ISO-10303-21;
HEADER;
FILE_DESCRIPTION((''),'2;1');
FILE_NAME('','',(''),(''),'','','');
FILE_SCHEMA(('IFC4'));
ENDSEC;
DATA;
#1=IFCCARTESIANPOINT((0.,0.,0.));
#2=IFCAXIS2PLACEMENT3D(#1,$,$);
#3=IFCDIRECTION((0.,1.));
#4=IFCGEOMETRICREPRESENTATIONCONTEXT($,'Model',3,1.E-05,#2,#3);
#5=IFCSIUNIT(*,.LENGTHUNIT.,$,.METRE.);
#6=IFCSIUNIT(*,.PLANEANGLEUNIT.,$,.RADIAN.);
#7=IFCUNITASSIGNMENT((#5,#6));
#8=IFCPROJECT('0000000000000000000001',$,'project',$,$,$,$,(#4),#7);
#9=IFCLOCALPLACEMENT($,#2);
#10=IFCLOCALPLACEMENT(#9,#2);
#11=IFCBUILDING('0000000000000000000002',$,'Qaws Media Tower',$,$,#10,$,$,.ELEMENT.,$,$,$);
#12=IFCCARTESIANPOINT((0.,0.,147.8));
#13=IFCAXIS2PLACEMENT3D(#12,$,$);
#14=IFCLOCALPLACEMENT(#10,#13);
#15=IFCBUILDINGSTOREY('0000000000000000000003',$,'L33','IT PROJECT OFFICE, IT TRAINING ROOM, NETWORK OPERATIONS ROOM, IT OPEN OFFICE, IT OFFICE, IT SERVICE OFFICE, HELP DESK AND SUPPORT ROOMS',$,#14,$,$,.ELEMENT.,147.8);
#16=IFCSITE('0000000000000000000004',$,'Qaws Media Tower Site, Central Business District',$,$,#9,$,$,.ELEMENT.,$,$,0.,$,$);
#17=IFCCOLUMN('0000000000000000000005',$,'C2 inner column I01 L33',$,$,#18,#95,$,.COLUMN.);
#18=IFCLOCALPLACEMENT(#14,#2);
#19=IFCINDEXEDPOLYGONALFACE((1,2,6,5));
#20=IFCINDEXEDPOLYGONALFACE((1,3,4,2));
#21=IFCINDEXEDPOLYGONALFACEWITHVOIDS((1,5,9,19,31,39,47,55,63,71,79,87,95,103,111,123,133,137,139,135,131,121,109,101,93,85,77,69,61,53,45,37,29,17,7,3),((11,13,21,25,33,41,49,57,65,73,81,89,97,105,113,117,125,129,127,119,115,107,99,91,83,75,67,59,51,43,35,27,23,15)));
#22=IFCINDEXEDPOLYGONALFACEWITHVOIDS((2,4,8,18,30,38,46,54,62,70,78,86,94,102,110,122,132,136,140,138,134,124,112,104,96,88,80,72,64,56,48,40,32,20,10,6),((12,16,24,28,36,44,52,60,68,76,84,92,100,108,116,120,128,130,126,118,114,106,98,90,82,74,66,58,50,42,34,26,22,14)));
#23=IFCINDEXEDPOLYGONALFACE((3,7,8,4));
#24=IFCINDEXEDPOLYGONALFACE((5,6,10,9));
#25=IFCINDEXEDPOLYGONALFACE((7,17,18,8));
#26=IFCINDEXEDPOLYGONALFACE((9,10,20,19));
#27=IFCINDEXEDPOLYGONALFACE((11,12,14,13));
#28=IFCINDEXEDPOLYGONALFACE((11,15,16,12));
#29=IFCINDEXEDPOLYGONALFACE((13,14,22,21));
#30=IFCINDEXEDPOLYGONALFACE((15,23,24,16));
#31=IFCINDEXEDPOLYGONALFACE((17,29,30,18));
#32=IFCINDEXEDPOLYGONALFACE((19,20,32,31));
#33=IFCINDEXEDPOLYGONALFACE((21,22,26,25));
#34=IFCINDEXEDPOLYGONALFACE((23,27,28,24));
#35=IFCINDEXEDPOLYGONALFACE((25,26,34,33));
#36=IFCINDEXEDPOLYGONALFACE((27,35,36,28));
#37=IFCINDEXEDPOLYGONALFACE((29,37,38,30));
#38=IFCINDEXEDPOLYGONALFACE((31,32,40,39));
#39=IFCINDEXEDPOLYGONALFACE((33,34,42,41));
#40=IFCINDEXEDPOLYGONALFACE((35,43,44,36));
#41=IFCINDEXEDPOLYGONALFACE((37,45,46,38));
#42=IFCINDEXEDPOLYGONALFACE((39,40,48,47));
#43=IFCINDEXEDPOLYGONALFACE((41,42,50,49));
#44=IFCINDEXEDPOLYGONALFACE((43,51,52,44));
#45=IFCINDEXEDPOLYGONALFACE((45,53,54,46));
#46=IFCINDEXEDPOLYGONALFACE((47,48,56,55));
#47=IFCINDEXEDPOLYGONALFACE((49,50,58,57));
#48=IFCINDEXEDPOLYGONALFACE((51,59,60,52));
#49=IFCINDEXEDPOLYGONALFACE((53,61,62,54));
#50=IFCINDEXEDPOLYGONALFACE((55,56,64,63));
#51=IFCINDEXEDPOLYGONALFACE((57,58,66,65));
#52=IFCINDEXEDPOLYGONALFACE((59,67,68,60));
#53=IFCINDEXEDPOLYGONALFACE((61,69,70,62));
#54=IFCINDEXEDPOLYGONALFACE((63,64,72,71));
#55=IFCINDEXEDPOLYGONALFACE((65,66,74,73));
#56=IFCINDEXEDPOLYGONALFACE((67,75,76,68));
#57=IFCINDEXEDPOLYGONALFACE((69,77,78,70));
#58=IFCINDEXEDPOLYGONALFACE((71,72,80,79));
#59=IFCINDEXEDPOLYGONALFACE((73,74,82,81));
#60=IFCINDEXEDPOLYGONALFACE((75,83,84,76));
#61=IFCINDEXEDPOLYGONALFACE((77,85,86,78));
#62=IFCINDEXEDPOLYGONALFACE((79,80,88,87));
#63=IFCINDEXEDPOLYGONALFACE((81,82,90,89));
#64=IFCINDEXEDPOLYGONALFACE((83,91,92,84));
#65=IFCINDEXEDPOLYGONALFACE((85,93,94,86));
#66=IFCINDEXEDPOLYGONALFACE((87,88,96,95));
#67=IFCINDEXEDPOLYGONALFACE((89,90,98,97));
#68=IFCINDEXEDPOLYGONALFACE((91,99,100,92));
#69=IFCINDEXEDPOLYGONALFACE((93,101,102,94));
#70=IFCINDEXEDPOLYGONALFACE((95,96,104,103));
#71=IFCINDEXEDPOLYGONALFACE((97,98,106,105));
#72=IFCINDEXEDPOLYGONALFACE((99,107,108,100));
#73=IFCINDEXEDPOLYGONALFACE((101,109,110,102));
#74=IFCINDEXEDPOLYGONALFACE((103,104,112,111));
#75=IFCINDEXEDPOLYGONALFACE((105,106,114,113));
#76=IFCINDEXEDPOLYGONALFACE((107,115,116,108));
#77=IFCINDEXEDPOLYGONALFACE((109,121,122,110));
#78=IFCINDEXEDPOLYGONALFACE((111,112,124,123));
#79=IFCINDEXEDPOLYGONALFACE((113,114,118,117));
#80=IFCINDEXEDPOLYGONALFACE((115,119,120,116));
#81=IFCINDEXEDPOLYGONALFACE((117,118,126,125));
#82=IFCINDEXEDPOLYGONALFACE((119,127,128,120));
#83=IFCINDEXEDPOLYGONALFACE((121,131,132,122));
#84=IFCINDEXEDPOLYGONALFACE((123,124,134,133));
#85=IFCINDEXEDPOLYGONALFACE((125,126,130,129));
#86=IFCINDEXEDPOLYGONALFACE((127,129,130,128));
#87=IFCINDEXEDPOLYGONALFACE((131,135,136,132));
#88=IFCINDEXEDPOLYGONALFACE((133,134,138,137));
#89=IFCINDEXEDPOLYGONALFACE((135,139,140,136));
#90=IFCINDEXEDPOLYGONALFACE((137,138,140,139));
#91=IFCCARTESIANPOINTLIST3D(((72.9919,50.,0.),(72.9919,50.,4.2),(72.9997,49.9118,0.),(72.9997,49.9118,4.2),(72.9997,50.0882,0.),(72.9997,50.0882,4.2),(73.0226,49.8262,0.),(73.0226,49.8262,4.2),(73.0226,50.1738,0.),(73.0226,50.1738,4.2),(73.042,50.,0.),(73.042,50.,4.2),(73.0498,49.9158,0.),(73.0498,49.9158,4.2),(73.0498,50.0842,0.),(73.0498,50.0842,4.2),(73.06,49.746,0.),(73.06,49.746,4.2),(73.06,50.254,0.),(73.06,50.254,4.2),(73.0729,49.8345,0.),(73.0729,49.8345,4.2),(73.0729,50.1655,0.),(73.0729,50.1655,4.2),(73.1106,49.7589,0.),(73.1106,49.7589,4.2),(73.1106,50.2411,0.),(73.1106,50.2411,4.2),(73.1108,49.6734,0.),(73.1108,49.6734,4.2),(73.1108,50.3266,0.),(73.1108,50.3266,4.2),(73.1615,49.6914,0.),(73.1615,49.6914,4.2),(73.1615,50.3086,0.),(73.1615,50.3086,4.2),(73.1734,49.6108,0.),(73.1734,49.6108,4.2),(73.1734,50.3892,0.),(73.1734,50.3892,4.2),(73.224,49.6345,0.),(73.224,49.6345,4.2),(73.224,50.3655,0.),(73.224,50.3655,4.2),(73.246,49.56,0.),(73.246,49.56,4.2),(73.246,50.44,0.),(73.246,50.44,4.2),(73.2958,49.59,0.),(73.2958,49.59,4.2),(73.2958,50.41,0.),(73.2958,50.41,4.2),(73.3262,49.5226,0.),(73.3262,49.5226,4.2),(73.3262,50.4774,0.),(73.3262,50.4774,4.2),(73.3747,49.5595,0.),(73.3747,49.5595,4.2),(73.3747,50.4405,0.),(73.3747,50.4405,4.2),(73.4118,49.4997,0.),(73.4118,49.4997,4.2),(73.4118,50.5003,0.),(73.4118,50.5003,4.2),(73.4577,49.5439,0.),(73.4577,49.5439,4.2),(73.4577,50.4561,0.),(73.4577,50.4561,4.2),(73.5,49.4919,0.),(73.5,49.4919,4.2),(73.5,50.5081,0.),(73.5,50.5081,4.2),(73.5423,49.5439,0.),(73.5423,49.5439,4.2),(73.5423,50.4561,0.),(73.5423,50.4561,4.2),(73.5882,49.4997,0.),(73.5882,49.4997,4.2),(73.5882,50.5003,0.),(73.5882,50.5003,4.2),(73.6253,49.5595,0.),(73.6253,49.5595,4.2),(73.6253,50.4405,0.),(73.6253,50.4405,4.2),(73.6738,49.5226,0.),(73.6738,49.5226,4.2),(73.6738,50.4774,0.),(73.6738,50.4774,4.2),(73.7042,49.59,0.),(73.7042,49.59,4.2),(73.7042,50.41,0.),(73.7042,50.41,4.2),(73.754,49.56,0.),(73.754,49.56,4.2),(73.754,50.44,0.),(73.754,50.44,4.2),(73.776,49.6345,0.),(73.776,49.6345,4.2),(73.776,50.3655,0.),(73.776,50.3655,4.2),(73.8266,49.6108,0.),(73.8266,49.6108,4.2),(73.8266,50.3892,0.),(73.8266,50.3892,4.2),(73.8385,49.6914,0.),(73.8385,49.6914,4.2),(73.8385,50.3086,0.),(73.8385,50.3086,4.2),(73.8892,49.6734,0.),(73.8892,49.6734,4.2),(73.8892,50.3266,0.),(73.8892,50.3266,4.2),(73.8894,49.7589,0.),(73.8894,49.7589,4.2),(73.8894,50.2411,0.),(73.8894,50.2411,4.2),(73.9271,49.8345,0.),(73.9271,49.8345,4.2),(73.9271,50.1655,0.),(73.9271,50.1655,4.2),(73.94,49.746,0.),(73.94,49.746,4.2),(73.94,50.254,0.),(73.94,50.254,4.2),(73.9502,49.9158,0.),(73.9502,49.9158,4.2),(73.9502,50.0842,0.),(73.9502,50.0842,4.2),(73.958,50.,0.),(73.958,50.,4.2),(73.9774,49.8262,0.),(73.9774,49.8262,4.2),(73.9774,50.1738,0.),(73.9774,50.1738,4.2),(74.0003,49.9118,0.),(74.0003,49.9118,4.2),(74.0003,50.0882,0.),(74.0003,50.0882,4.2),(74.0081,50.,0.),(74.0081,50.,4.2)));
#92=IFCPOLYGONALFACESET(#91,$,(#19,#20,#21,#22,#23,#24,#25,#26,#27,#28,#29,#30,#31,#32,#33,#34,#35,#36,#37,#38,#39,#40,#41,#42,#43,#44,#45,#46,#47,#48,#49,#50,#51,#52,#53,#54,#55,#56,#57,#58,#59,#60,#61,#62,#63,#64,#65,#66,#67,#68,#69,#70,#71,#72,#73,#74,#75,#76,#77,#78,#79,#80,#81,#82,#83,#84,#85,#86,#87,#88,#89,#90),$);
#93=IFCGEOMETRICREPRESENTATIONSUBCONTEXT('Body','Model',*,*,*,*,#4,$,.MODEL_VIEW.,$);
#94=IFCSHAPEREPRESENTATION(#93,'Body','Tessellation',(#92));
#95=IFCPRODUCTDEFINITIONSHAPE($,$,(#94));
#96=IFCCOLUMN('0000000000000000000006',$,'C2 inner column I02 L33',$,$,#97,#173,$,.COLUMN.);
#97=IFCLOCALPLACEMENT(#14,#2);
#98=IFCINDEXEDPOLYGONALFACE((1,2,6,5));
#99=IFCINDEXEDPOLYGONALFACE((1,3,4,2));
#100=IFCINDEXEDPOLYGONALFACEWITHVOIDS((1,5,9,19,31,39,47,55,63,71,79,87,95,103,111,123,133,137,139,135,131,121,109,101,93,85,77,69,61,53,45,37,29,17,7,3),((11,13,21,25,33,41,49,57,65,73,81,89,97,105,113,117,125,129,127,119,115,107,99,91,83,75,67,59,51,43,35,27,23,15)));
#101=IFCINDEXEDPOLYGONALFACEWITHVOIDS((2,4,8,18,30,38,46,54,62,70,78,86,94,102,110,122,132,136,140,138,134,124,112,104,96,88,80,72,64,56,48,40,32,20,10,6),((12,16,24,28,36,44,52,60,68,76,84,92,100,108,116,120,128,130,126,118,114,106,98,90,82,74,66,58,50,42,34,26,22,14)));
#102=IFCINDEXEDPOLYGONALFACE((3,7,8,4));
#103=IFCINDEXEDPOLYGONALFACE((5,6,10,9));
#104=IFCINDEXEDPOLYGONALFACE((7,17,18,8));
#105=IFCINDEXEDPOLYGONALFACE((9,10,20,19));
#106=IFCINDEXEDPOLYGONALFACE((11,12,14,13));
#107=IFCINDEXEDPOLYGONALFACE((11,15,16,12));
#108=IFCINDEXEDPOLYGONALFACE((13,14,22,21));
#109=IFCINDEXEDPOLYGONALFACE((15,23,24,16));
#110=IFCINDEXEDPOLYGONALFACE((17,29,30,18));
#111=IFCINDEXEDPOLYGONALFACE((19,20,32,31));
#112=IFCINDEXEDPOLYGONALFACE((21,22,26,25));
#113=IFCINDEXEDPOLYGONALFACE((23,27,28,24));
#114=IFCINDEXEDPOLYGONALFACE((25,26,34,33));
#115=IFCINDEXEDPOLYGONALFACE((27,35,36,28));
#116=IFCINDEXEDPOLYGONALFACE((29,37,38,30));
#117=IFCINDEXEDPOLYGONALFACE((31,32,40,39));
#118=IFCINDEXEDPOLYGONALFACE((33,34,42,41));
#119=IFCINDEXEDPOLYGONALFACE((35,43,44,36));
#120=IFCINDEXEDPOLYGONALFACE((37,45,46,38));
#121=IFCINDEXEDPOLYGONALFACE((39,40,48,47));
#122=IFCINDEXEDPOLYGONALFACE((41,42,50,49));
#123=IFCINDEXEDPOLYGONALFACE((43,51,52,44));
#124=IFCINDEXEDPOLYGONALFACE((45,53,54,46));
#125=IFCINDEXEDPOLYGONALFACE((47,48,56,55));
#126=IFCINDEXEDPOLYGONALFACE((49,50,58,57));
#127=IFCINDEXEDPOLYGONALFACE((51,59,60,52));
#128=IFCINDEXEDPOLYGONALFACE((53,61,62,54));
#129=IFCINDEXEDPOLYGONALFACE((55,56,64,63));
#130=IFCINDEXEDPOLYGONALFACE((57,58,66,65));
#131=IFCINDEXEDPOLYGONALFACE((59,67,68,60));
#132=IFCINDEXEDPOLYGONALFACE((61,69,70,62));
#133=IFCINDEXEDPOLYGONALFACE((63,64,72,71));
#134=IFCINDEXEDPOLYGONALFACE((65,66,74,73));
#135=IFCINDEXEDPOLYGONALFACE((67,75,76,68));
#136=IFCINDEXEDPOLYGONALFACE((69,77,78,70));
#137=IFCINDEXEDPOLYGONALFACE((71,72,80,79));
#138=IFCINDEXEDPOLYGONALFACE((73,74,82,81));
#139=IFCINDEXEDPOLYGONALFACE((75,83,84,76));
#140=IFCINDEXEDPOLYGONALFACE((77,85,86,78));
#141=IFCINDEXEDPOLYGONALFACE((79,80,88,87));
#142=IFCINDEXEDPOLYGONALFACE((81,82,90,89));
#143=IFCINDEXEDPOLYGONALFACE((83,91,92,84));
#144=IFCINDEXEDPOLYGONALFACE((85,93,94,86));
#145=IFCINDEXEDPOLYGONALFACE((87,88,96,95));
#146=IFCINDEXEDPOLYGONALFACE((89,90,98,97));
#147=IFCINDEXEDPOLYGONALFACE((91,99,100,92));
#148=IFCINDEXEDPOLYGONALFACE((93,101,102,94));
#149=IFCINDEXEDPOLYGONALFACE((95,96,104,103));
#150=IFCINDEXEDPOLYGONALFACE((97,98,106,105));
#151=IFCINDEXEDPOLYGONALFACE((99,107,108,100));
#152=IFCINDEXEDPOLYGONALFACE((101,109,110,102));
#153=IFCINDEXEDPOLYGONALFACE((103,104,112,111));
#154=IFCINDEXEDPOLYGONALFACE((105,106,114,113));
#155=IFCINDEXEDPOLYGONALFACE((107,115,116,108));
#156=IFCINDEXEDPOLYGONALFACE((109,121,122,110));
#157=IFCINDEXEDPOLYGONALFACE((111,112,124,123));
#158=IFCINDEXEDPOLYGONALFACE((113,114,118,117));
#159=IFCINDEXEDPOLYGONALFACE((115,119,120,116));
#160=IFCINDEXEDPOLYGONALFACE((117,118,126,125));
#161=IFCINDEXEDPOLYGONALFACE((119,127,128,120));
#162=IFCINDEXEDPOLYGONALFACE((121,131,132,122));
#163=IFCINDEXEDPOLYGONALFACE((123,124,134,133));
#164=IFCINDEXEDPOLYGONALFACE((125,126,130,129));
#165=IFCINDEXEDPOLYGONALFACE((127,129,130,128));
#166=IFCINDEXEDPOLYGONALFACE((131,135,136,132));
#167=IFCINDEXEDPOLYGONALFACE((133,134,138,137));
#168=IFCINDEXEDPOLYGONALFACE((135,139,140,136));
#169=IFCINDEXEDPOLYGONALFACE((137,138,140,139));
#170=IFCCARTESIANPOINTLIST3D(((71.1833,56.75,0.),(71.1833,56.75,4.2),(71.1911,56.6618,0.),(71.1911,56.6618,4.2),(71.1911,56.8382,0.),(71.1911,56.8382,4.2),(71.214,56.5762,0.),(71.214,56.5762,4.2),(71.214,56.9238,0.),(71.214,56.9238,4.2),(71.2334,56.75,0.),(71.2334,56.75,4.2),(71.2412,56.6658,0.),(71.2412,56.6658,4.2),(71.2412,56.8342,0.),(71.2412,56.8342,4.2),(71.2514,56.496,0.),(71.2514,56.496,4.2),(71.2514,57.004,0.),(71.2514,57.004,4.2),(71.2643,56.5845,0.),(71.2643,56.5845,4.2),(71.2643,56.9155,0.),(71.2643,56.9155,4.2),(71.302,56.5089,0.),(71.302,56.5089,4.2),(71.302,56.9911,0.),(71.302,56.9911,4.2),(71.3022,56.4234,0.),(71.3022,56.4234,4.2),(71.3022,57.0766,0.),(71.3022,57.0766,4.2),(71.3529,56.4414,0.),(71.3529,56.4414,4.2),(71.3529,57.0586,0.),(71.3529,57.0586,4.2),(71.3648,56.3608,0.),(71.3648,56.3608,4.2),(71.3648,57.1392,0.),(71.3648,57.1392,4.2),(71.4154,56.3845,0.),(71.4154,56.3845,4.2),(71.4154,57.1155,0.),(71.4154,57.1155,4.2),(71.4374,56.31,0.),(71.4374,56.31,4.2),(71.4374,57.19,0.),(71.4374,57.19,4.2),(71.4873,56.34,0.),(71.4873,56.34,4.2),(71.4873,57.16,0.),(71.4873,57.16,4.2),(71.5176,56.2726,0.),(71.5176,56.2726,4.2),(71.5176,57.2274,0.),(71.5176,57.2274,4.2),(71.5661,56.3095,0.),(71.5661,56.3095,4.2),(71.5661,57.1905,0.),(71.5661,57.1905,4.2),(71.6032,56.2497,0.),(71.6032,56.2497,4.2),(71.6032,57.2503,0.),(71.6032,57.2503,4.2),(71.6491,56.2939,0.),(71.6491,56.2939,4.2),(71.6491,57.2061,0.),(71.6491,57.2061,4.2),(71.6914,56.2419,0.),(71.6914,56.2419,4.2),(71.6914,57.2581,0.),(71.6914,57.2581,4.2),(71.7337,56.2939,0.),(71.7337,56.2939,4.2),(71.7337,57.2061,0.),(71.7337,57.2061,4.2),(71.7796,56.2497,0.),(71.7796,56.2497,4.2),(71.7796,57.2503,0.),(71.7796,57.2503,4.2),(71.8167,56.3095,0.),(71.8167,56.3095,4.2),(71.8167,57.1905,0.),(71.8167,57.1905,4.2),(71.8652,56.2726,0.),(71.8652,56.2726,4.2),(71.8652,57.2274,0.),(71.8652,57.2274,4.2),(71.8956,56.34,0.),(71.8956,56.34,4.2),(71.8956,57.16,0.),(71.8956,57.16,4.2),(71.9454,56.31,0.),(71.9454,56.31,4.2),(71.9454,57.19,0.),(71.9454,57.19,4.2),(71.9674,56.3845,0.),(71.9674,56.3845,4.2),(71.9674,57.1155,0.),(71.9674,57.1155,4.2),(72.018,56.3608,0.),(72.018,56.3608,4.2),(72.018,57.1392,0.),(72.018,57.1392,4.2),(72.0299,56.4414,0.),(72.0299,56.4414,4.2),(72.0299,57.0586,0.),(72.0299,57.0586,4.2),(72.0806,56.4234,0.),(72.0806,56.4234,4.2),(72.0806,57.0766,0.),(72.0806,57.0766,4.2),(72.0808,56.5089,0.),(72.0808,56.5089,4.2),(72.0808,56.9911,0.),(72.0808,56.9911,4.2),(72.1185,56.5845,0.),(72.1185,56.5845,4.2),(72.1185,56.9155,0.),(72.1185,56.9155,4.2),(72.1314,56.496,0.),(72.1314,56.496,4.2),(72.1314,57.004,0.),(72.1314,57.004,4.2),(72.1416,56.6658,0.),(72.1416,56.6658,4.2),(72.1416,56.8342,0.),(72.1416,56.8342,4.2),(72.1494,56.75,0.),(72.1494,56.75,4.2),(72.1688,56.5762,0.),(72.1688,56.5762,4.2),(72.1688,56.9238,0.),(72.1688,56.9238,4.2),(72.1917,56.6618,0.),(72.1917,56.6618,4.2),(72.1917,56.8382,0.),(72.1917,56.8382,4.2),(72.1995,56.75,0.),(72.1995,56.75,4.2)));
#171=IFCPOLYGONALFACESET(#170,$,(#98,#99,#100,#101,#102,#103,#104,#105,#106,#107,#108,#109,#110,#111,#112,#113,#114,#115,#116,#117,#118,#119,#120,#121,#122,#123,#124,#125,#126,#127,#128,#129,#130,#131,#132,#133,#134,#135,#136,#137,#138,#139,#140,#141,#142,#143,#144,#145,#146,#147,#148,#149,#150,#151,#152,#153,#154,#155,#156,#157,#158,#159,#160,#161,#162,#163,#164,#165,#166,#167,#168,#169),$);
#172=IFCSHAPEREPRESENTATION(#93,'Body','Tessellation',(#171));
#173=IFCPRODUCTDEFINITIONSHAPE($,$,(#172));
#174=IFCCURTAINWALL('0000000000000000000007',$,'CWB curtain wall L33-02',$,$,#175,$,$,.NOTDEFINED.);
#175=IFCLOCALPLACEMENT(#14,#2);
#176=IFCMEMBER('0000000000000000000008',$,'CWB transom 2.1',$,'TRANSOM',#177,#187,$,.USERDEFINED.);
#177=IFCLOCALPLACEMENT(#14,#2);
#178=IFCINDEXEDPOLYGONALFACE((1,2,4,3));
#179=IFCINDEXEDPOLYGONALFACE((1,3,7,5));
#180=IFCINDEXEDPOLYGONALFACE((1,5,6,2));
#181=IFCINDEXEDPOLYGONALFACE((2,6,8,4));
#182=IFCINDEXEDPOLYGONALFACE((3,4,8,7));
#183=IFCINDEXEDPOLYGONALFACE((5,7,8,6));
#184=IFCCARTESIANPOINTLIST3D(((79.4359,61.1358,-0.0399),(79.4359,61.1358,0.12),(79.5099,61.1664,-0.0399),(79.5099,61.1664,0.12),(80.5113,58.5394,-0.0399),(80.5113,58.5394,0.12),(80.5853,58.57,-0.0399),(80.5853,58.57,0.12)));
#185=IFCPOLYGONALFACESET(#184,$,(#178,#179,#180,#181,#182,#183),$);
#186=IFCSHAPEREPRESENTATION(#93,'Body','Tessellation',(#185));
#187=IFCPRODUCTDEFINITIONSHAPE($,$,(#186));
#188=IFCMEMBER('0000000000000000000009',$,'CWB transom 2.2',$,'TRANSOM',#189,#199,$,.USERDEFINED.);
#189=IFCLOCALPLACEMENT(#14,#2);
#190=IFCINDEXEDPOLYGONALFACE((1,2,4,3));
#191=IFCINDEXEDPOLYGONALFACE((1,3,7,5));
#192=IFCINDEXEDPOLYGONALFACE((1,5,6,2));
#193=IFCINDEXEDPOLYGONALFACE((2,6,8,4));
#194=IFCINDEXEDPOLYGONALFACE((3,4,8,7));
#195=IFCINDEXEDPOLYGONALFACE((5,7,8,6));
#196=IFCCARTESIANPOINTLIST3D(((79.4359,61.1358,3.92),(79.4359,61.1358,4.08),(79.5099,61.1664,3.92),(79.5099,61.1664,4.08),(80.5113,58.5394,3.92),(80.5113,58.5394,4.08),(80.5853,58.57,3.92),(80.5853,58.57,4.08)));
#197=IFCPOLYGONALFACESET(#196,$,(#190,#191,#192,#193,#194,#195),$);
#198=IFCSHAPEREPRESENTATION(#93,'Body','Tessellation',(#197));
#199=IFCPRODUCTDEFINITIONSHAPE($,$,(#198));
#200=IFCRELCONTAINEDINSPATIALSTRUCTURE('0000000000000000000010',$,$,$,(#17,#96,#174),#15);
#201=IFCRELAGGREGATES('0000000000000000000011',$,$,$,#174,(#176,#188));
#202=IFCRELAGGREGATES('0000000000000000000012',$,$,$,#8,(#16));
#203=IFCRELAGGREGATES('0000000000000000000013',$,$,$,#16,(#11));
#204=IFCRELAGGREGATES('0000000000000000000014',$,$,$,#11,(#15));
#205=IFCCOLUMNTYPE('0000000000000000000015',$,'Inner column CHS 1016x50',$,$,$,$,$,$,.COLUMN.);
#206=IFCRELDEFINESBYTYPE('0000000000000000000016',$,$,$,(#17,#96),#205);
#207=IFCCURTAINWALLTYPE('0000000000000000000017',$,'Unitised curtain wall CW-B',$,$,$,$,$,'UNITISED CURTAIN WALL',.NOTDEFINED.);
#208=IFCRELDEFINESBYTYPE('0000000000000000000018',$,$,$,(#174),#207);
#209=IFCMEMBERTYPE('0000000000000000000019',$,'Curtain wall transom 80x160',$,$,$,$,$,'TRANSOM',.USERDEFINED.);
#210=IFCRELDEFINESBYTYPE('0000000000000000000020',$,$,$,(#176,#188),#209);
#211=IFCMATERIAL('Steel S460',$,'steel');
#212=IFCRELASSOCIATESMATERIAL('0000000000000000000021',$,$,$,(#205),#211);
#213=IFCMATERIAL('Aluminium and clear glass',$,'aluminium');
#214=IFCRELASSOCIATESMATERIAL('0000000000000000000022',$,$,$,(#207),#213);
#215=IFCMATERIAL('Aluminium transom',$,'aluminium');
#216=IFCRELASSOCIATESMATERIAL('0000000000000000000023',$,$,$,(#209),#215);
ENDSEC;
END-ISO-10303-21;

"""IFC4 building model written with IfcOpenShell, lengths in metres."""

from ifc_helpers import new_model, si_unit, direction, frame, origin, origin_2d, place, context, subcontext, project, spatial, rectangle, hollow_circle, extrude, material, material_profile, profile_set, type_object, element, aggregate, save


model = new_model("IFC4")

# Units and contexts
model_context = context("Model", 3, precision=1e-05, world=origin(), true_north=direction((0.0, 1.0)))
body_context = subcontext(model_context, "Body", "Model", "MODEL_VIEW")
ifc_project = project(units=[si_unit("LENGTHUNIT", "METRE"), si_unit("PLANEANGLEUNIT", "RADIAN")], contexts=[model_context])

# Site, building, storey
site_placement = place(None, origin())
site = spatial("IfcSite", under=ifc_project, at=site_placement, Name="Qaws Media Tower Site, Central Business District", CompositionType="ELEMENT", RefElevation=0.0)
building_placement = place(site_placement, origin())
building = spatial("IfcBuilding", under=site, at=building_placement, Name="Qaws Media Tower", CompositionType="ELEMENT")
storey_placement = place(building_placement, frame((0.0, 0.0, 147.8)))
storey = spatial("IfcBuildingStorey", under=building, at=storey_placement, Name="L33", Description="IT PROJECT OFFICE, IT TRAINING ROOM, NETWORK OPERATIONS ROOM, IT OPEN OFFICE, IT OFFICE, IT SERVICE OFFICE, HELP DESK AND SUPPORT ROOMS", CompositionType="ELEMENT", Elevation=147.8)

# Columns
ifc_material_1 = material(Name="Steel S460", Category="steel")
ifc_material_profile_1 = material_profile(ifc_material_1, hollow_circle(Radius=0.5081, WallThickness=0.05, at=origin_2d()), Name="CHS 1016x50")
ifc_profile_set_1 = profile_set([ifc_material_profile_1], Name="Steel S460")
column_type = type_object("IfcColumnType", Name="Inner column CHS 1016x50", PredefinedType="COLUMN", material=ifc_profile_set_1)
for number, where, z_axis, x_axis, name in (
    (1, (73.5, 50.0, 0.0), (0.0, 0.0, 1.0), (1.0, 0.0, 0.0), "C2 inner column I01 L33"),
    (2, (71.6914, 56.75, 0.0), (0.0, 0.0, 1.0), (1.0, 0.0, 0.0), "C2 inner column I02 L33"),
):
    element("IfcColumn", number, at=place(storey_placement, frame(where, z_axis=z_axis, x_axis=x_axis)), inside=storey, type_object=column_type, Name=name, PredefinedType="COLUMN", context=body_context, shape_type="SweptSolid", body=[
        extrude(hollow_circle(Radius=0.5081, WallThickness=0.05, at=origin_2d()), origin(), (0.0, 0.0, 1.0), 4.2),
    ])

# Curtain wall, members
ifc_material_2 = material(Name="Aluminium and clear glass", Category="aluminium")
curtain_wall_type = type_object("IfcCurtainWallType", Name="Unitised curtain wall CW-B", ElementType="UNITISED CURTAIN WALL", PredefinedType="NOTDEFINED", material=ifc_material_2)
curtain_wall_placement = place(storey_placement, origin())
curtain_wall = element("IfcCurtainWall", 3, at=curtain_wall_placement, inside=storey, type_object=curtain_wall_type, Name="CWB curtain wall L33-02", PredefinedType="NOTDEFINED")
ifc_material_3 = material(Name="Aluminium transom", Category="aluminium")
ifc_material_profile_2 = material_profile(ifc_material_3, rectangle(XDim=0.0801, YDim=0.1599, at=origin_2d()), Name="80x160")
ifc_profile_set_2 = profile_set([ifc_material_profile_2], Name="Aluminium transom")
member_type = type_object("IfcMemberType", Name="Curtain wall transom 80x160", ElementType="TRANSOM", PredefinedType="USERDEFINED", material=ifc_profile_set_2)
member_1_placement = place(storey_placement, frame((80.5483, 58.5547, 0.04), z_axis=(-0.382671, 0.923884, 0.0), x_axis=(-0.923884, -0.382671, 0.0)))
member_1 = element("IfcMember", 4, at=member_1_placement, type_object=member_type, Name="CWB transom 2.1", ObjectType="TRANSOM", PredefinedType="USERDEFINED", context=body_context, shape_type="SweptSolid", body=[
    extrude(rectangle(XDim=0.0801, YDim=0.1599, at=origin_2d()), origin(), (0.0, 0.0, 1.0), 2.8103),
])
member_2_placement = place(storey_placement, frame((80.5483, 58.5547, 4.0), z_axis=(-0.382671, 0.923884, 0.0), x_axis=(-0.923884, -0.382671, 0.0)))
member_2 = element("IfcMember", 5, at=member_2_placement, type_object=member_type, Name="CWB transom 2.2", ObjectType="TRANSOM", PredefinedType="USERDEFINED", context=body_context, shape_type="SweptSolid", body=[
    extrude(rectangle(XDim=0.0801, YDim=0.1599, at=origin_2d()), origin(), (0.0, 0.0, 1.0), 2.8103),
])

aggregate(curtain_wall, [member_1, member_2])

save(model, "model.ifc")
